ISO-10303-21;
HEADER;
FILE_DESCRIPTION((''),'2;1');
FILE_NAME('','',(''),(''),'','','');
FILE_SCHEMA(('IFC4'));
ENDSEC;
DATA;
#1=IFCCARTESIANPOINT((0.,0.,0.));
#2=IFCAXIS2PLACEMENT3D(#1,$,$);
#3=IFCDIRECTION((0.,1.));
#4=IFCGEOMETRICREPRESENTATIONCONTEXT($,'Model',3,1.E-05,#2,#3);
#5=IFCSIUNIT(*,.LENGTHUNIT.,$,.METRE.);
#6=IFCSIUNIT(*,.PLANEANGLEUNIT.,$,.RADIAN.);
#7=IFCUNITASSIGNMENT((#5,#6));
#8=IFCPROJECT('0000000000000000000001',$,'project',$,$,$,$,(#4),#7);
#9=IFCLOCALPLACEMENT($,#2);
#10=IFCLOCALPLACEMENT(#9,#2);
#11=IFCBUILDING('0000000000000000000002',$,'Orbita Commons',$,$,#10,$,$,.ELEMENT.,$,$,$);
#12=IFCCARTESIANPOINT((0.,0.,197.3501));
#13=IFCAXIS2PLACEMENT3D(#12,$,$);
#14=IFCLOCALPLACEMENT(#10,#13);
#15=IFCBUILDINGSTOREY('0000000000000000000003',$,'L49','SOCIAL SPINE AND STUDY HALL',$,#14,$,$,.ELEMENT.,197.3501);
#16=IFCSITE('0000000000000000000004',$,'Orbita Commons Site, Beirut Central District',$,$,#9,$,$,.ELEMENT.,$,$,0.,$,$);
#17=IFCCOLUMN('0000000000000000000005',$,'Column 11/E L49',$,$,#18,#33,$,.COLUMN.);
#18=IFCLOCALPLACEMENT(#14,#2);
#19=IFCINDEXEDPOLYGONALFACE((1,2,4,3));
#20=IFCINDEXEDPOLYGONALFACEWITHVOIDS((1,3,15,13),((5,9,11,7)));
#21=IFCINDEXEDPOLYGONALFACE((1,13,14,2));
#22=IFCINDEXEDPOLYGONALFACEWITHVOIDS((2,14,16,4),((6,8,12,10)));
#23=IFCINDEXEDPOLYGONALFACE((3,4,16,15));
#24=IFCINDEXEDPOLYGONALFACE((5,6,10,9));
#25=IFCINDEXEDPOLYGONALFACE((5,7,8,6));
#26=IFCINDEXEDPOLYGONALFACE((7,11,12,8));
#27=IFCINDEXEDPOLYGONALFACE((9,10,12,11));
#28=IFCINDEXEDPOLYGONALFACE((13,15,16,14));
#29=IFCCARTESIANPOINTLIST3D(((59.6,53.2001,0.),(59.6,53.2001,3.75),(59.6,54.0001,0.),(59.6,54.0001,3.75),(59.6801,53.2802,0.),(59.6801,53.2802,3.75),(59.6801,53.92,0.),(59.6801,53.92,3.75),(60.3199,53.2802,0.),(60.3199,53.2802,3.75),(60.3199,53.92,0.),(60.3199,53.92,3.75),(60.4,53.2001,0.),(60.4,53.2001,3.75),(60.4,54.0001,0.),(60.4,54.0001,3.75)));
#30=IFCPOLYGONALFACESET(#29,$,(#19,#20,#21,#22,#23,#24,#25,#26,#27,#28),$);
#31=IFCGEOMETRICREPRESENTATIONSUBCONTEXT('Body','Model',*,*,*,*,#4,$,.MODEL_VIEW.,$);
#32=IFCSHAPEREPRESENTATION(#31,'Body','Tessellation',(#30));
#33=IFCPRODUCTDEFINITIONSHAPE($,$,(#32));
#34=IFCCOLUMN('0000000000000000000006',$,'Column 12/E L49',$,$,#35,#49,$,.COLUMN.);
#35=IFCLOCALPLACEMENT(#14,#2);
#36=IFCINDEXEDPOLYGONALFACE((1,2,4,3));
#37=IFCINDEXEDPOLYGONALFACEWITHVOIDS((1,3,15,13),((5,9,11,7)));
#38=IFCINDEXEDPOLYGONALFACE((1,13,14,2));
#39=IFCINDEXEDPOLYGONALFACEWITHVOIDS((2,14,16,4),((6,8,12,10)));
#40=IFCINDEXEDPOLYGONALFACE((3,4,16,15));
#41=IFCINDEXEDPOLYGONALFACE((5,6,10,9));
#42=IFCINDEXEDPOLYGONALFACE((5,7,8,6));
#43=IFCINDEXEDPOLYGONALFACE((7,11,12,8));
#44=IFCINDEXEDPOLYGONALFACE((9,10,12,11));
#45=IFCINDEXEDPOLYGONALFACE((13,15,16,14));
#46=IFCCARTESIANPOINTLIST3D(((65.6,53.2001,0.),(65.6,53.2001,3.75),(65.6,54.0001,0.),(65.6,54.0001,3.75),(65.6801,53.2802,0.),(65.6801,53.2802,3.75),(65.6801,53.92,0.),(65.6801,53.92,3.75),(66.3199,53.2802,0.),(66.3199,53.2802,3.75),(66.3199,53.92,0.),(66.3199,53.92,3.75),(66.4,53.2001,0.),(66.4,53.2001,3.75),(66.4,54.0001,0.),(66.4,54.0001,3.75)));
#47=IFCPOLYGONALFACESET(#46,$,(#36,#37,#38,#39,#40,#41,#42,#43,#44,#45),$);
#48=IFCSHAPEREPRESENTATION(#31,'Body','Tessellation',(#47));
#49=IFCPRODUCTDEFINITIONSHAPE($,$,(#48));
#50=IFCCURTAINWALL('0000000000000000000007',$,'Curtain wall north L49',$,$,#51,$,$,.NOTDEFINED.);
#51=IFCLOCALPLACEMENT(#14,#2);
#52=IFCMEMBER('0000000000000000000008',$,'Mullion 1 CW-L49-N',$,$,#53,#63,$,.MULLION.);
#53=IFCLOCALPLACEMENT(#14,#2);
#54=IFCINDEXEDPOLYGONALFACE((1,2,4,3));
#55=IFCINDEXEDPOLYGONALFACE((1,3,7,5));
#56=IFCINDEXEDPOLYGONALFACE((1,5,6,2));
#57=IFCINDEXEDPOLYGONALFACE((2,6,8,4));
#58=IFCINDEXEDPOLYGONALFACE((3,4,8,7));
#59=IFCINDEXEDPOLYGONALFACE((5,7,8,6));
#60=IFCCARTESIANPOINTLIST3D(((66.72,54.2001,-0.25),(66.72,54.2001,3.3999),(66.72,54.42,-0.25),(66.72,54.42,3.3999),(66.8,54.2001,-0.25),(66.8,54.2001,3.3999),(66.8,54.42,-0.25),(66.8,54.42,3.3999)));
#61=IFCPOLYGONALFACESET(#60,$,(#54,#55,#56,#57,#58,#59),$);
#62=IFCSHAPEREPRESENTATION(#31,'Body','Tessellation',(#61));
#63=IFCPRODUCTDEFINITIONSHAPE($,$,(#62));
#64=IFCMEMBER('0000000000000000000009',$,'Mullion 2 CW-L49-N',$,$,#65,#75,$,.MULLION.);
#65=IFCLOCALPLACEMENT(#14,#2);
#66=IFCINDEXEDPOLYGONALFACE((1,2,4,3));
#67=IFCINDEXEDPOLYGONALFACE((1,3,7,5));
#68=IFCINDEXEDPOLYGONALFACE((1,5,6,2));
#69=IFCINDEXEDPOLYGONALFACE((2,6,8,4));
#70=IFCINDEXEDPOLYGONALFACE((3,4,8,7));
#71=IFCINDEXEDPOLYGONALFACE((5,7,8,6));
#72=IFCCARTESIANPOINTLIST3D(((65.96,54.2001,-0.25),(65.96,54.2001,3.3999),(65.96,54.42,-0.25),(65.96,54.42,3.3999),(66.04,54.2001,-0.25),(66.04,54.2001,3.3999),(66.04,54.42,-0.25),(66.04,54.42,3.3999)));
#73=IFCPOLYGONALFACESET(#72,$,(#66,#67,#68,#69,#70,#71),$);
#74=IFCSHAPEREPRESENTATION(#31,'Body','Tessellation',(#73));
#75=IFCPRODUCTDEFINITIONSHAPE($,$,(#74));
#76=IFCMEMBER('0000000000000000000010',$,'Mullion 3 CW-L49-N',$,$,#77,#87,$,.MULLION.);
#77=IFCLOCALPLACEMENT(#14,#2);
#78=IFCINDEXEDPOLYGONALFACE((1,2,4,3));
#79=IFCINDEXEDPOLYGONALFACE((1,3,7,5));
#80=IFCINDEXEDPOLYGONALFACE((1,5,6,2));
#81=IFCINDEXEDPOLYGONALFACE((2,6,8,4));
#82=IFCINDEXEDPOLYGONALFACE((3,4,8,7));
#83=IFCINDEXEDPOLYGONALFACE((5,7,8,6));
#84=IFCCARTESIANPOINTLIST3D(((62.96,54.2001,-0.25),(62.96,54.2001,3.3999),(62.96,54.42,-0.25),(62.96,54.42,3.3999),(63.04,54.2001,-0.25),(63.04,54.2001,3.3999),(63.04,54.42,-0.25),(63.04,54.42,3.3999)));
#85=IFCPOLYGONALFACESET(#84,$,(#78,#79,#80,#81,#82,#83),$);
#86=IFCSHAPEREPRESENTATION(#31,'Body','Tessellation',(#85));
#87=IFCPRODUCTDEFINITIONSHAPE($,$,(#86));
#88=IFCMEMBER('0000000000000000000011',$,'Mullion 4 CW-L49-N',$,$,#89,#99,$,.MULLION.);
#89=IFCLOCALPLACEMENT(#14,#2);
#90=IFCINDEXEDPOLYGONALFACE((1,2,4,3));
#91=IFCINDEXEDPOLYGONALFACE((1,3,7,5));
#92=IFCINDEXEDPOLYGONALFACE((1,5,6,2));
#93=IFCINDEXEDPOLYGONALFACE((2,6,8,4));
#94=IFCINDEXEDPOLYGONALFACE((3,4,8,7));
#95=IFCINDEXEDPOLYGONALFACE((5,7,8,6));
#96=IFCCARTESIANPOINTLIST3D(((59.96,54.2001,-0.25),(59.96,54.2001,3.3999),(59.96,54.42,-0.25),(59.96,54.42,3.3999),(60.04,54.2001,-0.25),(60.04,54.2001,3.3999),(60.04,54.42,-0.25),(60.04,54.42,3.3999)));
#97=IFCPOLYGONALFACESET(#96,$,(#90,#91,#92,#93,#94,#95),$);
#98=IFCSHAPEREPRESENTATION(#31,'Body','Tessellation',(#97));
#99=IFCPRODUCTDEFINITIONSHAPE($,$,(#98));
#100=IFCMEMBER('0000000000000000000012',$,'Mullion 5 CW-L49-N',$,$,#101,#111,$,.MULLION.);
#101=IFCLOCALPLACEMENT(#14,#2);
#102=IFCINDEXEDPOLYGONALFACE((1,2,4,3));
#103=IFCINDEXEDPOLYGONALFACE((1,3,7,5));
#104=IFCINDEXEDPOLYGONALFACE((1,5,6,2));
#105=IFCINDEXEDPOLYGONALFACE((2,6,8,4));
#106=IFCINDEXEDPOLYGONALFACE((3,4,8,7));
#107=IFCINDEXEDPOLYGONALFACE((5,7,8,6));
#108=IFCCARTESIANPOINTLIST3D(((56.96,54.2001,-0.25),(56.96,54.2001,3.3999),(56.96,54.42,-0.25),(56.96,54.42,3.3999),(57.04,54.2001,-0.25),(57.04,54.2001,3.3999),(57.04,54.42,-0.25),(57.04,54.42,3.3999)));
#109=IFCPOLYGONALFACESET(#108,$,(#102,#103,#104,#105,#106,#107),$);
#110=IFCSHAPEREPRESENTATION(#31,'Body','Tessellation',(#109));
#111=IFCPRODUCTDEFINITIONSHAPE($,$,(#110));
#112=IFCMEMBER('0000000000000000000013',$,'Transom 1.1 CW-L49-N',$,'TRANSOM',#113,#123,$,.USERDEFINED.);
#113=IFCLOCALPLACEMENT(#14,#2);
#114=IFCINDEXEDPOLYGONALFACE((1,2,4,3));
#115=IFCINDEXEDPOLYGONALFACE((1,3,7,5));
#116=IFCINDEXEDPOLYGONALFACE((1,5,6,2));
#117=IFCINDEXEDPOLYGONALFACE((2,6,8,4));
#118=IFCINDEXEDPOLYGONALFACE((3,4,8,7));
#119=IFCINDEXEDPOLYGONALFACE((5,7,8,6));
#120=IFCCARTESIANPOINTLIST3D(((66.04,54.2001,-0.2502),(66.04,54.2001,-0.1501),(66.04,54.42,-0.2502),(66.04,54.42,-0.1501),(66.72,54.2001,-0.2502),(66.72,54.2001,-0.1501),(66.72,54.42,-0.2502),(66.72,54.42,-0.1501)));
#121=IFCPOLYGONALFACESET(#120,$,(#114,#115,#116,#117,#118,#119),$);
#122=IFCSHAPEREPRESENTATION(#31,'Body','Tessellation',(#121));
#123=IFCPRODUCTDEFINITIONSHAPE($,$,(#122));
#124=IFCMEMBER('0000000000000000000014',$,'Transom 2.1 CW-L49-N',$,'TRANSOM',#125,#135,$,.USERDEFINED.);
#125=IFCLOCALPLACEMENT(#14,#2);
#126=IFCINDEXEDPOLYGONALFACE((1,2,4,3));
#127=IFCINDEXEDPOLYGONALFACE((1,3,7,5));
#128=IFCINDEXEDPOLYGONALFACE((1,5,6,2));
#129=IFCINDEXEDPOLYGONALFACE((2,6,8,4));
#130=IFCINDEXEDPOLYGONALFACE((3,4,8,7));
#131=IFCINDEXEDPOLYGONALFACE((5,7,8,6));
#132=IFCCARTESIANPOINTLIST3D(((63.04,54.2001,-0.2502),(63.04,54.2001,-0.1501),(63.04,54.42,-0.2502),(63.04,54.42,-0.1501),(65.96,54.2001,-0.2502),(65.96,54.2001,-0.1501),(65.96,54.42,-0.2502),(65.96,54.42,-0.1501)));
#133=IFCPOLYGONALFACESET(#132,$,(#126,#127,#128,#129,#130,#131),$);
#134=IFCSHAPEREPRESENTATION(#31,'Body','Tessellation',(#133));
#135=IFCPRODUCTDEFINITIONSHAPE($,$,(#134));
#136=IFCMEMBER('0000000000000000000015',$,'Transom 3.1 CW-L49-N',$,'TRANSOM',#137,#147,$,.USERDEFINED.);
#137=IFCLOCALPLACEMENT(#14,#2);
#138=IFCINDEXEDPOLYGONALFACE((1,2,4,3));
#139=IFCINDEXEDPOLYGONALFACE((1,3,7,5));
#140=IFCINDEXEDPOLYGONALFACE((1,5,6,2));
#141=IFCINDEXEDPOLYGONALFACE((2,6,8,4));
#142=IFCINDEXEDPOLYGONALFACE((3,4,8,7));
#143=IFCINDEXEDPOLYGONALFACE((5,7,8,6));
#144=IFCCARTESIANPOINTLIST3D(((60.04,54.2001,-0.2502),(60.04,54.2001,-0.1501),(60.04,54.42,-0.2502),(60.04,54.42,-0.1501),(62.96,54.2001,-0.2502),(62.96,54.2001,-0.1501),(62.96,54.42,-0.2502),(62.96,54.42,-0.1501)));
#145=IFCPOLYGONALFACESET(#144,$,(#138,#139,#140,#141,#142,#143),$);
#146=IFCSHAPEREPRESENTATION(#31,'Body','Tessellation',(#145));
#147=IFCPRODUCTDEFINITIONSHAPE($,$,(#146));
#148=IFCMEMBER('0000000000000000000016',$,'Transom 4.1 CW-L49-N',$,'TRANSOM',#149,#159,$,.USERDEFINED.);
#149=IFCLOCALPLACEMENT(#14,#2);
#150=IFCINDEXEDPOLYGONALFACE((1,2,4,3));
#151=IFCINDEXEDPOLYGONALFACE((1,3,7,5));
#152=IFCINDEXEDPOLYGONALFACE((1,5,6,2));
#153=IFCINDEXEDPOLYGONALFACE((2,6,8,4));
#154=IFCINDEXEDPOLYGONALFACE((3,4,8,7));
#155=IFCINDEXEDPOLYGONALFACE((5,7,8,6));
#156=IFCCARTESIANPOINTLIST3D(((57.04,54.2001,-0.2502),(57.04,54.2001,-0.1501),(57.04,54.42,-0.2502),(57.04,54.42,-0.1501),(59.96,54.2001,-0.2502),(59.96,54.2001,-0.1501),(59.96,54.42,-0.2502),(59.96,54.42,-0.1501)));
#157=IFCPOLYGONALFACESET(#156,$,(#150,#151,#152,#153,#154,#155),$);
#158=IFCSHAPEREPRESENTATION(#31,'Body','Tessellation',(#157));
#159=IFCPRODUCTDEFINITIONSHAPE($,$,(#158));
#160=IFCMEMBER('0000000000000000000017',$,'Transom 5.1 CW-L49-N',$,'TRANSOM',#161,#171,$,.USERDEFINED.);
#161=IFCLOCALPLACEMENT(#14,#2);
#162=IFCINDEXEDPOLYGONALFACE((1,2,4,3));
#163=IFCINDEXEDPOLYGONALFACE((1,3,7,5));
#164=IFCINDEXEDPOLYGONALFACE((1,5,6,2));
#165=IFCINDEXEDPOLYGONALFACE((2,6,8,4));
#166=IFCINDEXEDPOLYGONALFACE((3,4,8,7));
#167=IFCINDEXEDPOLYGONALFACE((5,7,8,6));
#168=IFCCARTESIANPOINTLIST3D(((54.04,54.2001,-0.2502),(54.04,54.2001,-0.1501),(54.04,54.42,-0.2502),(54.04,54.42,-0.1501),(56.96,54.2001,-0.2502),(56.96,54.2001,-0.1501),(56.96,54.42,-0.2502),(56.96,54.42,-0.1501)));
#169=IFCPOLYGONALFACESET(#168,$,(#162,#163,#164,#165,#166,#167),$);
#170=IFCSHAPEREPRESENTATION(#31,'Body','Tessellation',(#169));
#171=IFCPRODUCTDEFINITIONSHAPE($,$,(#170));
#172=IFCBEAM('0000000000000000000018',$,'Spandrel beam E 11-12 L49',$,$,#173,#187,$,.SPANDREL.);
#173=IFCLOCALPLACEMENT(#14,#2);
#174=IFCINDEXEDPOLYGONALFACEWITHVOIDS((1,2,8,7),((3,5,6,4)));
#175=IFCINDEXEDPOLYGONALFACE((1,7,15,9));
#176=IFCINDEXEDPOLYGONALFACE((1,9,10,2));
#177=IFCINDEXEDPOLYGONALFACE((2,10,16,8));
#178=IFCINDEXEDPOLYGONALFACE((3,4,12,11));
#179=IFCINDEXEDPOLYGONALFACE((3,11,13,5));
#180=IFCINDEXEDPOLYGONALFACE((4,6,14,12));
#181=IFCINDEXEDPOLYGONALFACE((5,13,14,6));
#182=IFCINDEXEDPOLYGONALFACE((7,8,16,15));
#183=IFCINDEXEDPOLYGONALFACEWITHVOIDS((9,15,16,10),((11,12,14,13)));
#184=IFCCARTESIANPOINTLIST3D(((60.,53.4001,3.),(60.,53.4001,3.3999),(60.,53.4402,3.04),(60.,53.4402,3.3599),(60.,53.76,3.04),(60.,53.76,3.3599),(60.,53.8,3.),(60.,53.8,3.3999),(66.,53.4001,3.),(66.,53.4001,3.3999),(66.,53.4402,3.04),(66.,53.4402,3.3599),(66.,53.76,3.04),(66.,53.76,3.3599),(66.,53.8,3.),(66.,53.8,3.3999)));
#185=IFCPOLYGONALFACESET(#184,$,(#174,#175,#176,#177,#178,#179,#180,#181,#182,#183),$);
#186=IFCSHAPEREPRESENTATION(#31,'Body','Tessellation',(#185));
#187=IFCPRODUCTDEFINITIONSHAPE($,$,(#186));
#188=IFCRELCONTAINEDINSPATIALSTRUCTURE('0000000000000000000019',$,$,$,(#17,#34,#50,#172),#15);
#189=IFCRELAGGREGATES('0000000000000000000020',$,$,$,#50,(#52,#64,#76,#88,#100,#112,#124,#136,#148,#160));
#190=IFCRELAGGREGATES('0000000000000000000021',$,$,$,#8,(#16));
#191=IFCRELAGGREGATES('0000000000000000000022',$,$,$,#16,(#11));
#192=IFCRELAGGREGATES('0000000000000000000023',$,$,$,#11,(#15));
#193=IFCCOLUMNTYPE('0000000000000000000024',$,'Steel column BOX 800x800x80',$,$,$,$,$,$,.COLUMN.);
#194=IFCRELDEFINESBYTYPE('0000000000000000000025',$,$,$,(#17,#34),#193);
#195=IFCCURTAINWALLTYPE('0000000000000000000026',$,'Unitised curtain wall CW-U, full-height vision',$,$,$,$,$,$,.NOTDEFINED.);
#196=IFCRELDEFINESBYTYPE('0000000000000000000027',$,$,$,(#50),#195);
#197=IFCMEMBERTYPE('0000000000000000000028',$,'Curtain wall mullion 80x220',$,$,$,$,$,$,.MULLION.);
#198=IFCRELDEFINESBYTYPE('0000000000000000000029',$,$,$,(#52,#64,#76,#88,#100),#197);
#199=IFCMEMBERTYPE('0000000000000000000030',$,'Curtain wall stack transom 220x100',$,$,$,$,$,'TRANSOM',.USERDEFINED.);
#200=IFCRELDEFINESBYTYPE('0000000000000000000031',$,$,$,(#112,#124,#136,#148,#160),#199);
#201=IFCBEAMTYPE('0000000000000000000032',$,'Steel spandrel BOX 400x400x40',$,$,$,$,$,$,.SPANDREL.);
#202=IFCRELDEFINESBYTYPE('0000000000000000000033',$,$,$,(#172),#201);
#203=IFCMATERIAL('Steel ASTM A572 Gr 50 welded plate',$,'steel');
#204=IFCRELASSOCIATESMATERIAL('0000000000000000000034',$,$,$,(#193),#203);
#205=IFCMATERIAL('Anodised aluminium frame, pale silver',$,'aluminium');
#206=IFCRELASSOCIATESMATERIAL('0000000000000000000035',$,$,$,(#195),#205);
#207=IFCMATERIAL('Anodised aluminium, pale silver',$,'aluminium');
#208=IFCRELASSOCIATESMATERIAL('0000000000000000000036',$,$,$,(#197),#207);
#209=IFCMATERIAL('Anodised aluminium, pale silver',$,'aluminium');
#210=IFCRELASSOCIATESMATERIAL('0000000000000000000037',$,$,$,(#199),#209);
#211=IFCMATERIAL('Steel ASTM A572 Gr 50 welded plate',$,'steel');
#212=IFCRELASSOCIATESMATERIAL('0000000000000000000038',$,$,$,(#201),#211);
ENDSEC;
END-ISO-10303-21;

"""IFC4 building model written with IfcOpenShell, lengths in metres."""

from ifc_helpers import new_model, si_unit, direction, frame, origin, origin_2d, place, context, subcontext, project, spatial, rectangle, hollow_rectangle, extrude, material, material_profile, profile_set, type_object, element, aggregate, save


model = new_model("IFC4")

# Units and contexts
model_context = context("Model", 3, precision=1e-05, world=origin(), true_north=direction((0.0, 1.0)))
body_context = subcontext(model_context, "Body", "Model", "MODEL_VIEW")
ifc_project = project(units=[si_unit("LENGTHUNIT", "METRE"), si_unit("PLANEANGLEUNIT", "RADIAN")], contexts=[model_context])

# Site, building, storey
site_placement = place(None, origin())
site = spatial("IfcSite", under=ifc_project, at=site_placement, Name="Orbita Commons Site, Beirut Central District", CompositionType="ELEMENT", RefElevation=0.0)
building_placement = place(site_placement, origin())
building = spatial("IfcBuilding", under=site, at=building_placement, Name="Orbita Commons", CompositionType="ELEMENT")
storey_placement = place(building_placement, frame((0.0, 0.0, 197.3501)))
storey = spatial("IfcBuildingStorey", under=building, at=storey_placement, Name="L49", Description="SOCIAL SPINE AND STUDY HALL", CompositionType="ELEMENT", Elevation=197.3501)

# Columns
ifc_material_1 = material(Name="Steel ASTM A572 Gr 50 welded plate", Category="steel")
ifc_material_profile_1 = material_profile(ifc_material_1, hollow_rectangle(XDim=0.8, YDim=0.8, WallThickness=0.0801, at=origin_2d()), Name="BOX 800x800x80")
ifc_profile_set_1 = profile_set([ifc_material_profile_1], Name="Steel ASTM A572 Gr 50 welded plate")
column_type = type_object("IfcColumnType", Name="Steel column BOX 800x800x80", PredefinedType="COLUMN", material=ifc_profile_set_1)
for number, where, z_axis, x_axis, name in (
    (1, (60.0, 53.6001, 0.0), (0.0, 0.0, 1.0), (1.0, 0.0, 0.0), "Column 11/E L49"),
    (2, (66.0, 53.6001, 0.0), (0.0, 0.0, 1.0), (1.0, 0.0, 0.0), "Column 12/E L49"),
):
    element("IfcColumn", number, at=place(storey_placement, frame(where, z_axis=z_axis, x_axis=x_axis)), inside=storey, type_object=column_type, Name=name, PredefinedType="COLUMN", context=body_context, shape_type="SweptSolid", body=[
        extrude(hollow_rectangle(XDim=0.8, YDim=0.8, WallThickness=0.0801, at=origin_2d()), origin(), (0.0, 0.0, 1.0), 3.75),
    ])

# Curtain wall, members
ifc_material_2 = material(Name="Anodised aluminium frame, pale silver", Category="aluminium")
curtain_wall_type = type_object("IfcCurtainWallType", Name="Unitised curtain wall CW-U, full-height vision", PredefinedType="NOTDEFINED", material=ifc_material_2)
curtain_wall_placement = place(storey_placement, origin())
curtain_wall = element("IfcCurtainWall", 3, at=curtain_wall_placement, inside=storey, type_object=curtain_wall_type, Name="Curtain wall north L49", PredefinedType="NOTDEFINED")
ifc_material_3 = material(Name="Anodised aluminium, pale silver", Category="aluminium")
ifc_material_profile_2 = material_profile(ifc_material_3, rectangle(XDim=0.0801, YDim=0.22, at=origin_2d()), Name="AL 80x220")
ifc_profile_set_2 = profile_set([ifc_material_profile_2], Name="Anodised aluminium, pale silver")
member_type_1 = type_object("IfcMemberType", Name="Curtain wall mullion 80x220", PredefinedType="MULLION", material=ifc_profile_set_2)
member_1_placement = place(storey_placement, frame((66.76, 54.3101, -0.25), z_axis=(0.0, 0.0, 1.0), x_axis=(-1.0, 0.0, 0.0)))
member_1 = element("IfcMember", 4, at=member_1_placement, type_object=member_type_1, Name="Mullion 1 CW-L49-N", PredefinedType="MULLION", context=body_context, shape_type="SweptSolid", body=[
    extrude(rectangle(XDim=0.0801, YDim=0.22, at=origin_2d()), origin(), (0.0, 0.0, 1.0), 3.6499),
])
member_2_placement = place(storey_placement, frame((66.0, 54.3101, -0.25), z_axis=(0.0, 0.0, 1.0), x_axis=(-1.0, 0.0, 0.0)))
member_2 = element("IfcMember", 5, at=member_2_placement, type_object=member_type_1, Name="Mullion 2 CW-L49-N", PredefinedType="MULLION", context=body_context, shape_type="SweptSolid", body=[
    extrude(rectangle(XDim=0.0801, YDim=0.22, at=origin_2d()), origin(), (0.0, 0.0, 1.0), 3.6499),
])
member_3_placement = place(storey_placement, frame((63.0, 54.3101, -0.25), z_axis=(0.0, 0.0, 1.0), x_axis=(-1.0, 0.0, 0.0)))
member_3 = element("IfcMember", 6, at=member_3_placement, type_object=member_type_1, Name="Mullion 3 CW-L49-N", PredefinedType="MULLION", context=body_context, shape_type="SweptSolid", body=[
    extrude(rectangle(XDim=0.0801, YDim=0.22, at=origin_2d()), origin(), (0.0, 0.0, 1.0), 3.6499),
])
member_4_placement = place(storey_placement, frame((60.0, 54.3101, -0.25), z_axis=(0.0, 0.0, 1.0), x_axis=(-1.0, 0.0, 0.0)))
member_4 = element("IfcMember", 7, at=member_4_placement, type_object=member_type_1, Name="Mullion 4 CW-L49-N", PredefinedType="MULLION", context=body_context, shape_type="SweptSolid", body=[
    extrude(rectangle(XDim=0.0801, YDim=0.22, at=origin_2d()), origin(), (0.0, 0.0, 1.0), 3.6499),
])
member_5_placement = place(storey_placement, frame((57.0, 54.3101, -0.25), z_axis=(0.0, 0.0, 1.0), x_axis=(-1.0, 0.0, 0.0)))
member_5 = element("IfcMember", 8, at=member_5_placement, type_object=member_type_1, Name="Mullion 5 CW-L49-N", PredefinedType="MULLION", context=body_context, shape_type="SweptSolid", body=[
    extrude(rectangle(XDim=0.0801, YDim=0.22, at=origin_2d()), origin(), (0.0, 0.0, 1.0), 3.6499),
])
ifc_material_4 = material(Name="Anodised aluminium, pale silver", Category="aluminium")
ifc_material_profile_3 = material_profile(ifc_material_4, rectangle(XDim=0.22, YDim=0.1001, at=origin_2d()), Name="AL 220x100")
ifc_profile_set_3 = profile_set([ifc_material_profile_3], Name="Anodised aluminium, pale silver")
member_type_2 = type_object("IfcMemberType", Name="Curtain wall stack transom 220x100", ElementType="TRANSOM", PredefinedType="USERDEFINED", material=ifc_profile_set_3)
member_6_placement = place(storey_placement, frame((66.72, 54.3101, -0.2002), z_axis=(-1.0, 0.0, 0.0), x_axis=(0.0, -1.0, 0.0)))
member_6 = element("IfcMember", 9, at=member_6_placement, type_object=member_type_2, Name="Transom 1.1 CW-L49-N", ObjectType="TRANSOM", PredefinedType="USERDEFINED", context=body_context, shape_type="SweptSolid", body=[
    extrude(rectangle(XDim=0.22, YDim=0.1001, at=origin_2d()), origin(), (0.0, 0.0, 1.0), 0.6799),
])
member_7_placement = place(storey_placement, frame((65.96, 54.3101, -0.2002), z_axis=(-1.0, 0.0, 0.0), x_axis=(0.0, -1.0, 0.0)))
member_7 = element("IfcMember", 10, at=member_7_placement, type_object=member_type_2, Name="Transom 2.1 CW-L49-N", ObjectType="TRANSOM", PredefinedType="USERDEFINED", context=body_context, shape_type="SweptSolid", body=[
    extrude(rectangle(XDim=0.22, YDim=0.1001, at=origin_2d()), origin(), (0.0, 0.0, 1.0), 2.9199),
])
member_8_placement = place(storey_placement, frame((62.96, 54.3101, -0.2002), z_axis=(-1.0, 0.0, 0.0), x_axis=(0.0, -1.0, 0.0)))
member_8 = element("IfcMember", 11, at=member_8_placement, type_object=member_type_2, Name="Transom 3.1 CW-L49-N", ObjectType="TRANSOM", PredefinedType="USERDEFINED", context=body_context, shape_type="SweptSolid", body=[
    extrude(rectangle(XDim=0.22, YDim=0.1001, at=origin_2d()), origin(), (0.0, 0.0, 1.0), 2.9199),
])
member_9_placement = place(storey_placement, frame((59.96, 54.3101, -0.2002), z_axis=(-1.0, 0.0, 0.0), x_axis=(0.0, -1.0, 0.0)))
member_9 = element("IfcMember", 12, at=member_9_placement, type_object=member_type_2, Name="Transom 4.1 CW-L49-N", ObjectType="TRANSOM", PredefinedType="USERDEFINED", context=body_context, shape_type="SweptSolid", body=[
    extrude(rectangle(XDim=0.22, YDim=0.1001, at=origin_2d()), origin(), (0.0, 0.0, 1.0), 2.9199),
])
member_10_placement = place(storey_placement, frame((56.96, 54.3101, -0.2002), z_axis=(-1.0, 0.0, 0.0), x_axis=(0.0, -1.0, 0.0)))
member_10 = element("IfcMember", 13, at=member_10_placement, type_object=member_type_2, Name="Transom 5.1 CW-L49-N", ObjectType="TRANSOM", PredefinedType="USERDEFINED", context=body_context, shape_type="SweptSolid", body=[
    extrude(rectangle(XDim=0.22, YDim=0.1001, at=origin_2d()), origin(), (0.0, 0.0, 1.0), 2.9199),
])

# Beam
ifc_material_5 = material(Name="Steel ASTM A572 Gr 50 welded plate", Category="steel")
ifc_material_profile_4 = material_profile(ifc_material_5, hollow_rectangle(XDim=0.3999, YDim=0.3999, WallThickness=0.04, at=origin_2d()), Name="BOX 400x400x40")
ifc_profile_set_4 = profile_set([ifc_material_profile_4], Name="Steel ASTM A572 Gr 50 welded plate")
beam_type = type_object("IfcBeamType", Name="Steel spandrel BOX 400x400x40", PredefinedType="SPANDREL", material=ifc_profile_set_4)
beam_placement = place(storey_placement, frame((60.0, 53.6001, 3.2), z_axis=(1.0, 0.0, 0.0), x_axis=(0.0, 1.0, 0.0)))
element("IfcBeam", 14, at=beam_placement, inside=storey, type_object=beam_type, Name="Spandrel beam E 11-12 L49", PredefinedType="SPANDREL", context=body_context, shape_type="SweptSolid", body=[
    extrude(hollow_rectangle(XDim=0.3999, YDim=0.3999, WallThickness=0.04, at=origin_2d()), origin(), (0.0, 0.0, 1.0), 6.0),
])

aggregate(curtain_wall, [member_1, member_2, member_3, member_4, member_5, member_6, member_7, member_8, member_9, member_10])

save(model, "model.ifc")
